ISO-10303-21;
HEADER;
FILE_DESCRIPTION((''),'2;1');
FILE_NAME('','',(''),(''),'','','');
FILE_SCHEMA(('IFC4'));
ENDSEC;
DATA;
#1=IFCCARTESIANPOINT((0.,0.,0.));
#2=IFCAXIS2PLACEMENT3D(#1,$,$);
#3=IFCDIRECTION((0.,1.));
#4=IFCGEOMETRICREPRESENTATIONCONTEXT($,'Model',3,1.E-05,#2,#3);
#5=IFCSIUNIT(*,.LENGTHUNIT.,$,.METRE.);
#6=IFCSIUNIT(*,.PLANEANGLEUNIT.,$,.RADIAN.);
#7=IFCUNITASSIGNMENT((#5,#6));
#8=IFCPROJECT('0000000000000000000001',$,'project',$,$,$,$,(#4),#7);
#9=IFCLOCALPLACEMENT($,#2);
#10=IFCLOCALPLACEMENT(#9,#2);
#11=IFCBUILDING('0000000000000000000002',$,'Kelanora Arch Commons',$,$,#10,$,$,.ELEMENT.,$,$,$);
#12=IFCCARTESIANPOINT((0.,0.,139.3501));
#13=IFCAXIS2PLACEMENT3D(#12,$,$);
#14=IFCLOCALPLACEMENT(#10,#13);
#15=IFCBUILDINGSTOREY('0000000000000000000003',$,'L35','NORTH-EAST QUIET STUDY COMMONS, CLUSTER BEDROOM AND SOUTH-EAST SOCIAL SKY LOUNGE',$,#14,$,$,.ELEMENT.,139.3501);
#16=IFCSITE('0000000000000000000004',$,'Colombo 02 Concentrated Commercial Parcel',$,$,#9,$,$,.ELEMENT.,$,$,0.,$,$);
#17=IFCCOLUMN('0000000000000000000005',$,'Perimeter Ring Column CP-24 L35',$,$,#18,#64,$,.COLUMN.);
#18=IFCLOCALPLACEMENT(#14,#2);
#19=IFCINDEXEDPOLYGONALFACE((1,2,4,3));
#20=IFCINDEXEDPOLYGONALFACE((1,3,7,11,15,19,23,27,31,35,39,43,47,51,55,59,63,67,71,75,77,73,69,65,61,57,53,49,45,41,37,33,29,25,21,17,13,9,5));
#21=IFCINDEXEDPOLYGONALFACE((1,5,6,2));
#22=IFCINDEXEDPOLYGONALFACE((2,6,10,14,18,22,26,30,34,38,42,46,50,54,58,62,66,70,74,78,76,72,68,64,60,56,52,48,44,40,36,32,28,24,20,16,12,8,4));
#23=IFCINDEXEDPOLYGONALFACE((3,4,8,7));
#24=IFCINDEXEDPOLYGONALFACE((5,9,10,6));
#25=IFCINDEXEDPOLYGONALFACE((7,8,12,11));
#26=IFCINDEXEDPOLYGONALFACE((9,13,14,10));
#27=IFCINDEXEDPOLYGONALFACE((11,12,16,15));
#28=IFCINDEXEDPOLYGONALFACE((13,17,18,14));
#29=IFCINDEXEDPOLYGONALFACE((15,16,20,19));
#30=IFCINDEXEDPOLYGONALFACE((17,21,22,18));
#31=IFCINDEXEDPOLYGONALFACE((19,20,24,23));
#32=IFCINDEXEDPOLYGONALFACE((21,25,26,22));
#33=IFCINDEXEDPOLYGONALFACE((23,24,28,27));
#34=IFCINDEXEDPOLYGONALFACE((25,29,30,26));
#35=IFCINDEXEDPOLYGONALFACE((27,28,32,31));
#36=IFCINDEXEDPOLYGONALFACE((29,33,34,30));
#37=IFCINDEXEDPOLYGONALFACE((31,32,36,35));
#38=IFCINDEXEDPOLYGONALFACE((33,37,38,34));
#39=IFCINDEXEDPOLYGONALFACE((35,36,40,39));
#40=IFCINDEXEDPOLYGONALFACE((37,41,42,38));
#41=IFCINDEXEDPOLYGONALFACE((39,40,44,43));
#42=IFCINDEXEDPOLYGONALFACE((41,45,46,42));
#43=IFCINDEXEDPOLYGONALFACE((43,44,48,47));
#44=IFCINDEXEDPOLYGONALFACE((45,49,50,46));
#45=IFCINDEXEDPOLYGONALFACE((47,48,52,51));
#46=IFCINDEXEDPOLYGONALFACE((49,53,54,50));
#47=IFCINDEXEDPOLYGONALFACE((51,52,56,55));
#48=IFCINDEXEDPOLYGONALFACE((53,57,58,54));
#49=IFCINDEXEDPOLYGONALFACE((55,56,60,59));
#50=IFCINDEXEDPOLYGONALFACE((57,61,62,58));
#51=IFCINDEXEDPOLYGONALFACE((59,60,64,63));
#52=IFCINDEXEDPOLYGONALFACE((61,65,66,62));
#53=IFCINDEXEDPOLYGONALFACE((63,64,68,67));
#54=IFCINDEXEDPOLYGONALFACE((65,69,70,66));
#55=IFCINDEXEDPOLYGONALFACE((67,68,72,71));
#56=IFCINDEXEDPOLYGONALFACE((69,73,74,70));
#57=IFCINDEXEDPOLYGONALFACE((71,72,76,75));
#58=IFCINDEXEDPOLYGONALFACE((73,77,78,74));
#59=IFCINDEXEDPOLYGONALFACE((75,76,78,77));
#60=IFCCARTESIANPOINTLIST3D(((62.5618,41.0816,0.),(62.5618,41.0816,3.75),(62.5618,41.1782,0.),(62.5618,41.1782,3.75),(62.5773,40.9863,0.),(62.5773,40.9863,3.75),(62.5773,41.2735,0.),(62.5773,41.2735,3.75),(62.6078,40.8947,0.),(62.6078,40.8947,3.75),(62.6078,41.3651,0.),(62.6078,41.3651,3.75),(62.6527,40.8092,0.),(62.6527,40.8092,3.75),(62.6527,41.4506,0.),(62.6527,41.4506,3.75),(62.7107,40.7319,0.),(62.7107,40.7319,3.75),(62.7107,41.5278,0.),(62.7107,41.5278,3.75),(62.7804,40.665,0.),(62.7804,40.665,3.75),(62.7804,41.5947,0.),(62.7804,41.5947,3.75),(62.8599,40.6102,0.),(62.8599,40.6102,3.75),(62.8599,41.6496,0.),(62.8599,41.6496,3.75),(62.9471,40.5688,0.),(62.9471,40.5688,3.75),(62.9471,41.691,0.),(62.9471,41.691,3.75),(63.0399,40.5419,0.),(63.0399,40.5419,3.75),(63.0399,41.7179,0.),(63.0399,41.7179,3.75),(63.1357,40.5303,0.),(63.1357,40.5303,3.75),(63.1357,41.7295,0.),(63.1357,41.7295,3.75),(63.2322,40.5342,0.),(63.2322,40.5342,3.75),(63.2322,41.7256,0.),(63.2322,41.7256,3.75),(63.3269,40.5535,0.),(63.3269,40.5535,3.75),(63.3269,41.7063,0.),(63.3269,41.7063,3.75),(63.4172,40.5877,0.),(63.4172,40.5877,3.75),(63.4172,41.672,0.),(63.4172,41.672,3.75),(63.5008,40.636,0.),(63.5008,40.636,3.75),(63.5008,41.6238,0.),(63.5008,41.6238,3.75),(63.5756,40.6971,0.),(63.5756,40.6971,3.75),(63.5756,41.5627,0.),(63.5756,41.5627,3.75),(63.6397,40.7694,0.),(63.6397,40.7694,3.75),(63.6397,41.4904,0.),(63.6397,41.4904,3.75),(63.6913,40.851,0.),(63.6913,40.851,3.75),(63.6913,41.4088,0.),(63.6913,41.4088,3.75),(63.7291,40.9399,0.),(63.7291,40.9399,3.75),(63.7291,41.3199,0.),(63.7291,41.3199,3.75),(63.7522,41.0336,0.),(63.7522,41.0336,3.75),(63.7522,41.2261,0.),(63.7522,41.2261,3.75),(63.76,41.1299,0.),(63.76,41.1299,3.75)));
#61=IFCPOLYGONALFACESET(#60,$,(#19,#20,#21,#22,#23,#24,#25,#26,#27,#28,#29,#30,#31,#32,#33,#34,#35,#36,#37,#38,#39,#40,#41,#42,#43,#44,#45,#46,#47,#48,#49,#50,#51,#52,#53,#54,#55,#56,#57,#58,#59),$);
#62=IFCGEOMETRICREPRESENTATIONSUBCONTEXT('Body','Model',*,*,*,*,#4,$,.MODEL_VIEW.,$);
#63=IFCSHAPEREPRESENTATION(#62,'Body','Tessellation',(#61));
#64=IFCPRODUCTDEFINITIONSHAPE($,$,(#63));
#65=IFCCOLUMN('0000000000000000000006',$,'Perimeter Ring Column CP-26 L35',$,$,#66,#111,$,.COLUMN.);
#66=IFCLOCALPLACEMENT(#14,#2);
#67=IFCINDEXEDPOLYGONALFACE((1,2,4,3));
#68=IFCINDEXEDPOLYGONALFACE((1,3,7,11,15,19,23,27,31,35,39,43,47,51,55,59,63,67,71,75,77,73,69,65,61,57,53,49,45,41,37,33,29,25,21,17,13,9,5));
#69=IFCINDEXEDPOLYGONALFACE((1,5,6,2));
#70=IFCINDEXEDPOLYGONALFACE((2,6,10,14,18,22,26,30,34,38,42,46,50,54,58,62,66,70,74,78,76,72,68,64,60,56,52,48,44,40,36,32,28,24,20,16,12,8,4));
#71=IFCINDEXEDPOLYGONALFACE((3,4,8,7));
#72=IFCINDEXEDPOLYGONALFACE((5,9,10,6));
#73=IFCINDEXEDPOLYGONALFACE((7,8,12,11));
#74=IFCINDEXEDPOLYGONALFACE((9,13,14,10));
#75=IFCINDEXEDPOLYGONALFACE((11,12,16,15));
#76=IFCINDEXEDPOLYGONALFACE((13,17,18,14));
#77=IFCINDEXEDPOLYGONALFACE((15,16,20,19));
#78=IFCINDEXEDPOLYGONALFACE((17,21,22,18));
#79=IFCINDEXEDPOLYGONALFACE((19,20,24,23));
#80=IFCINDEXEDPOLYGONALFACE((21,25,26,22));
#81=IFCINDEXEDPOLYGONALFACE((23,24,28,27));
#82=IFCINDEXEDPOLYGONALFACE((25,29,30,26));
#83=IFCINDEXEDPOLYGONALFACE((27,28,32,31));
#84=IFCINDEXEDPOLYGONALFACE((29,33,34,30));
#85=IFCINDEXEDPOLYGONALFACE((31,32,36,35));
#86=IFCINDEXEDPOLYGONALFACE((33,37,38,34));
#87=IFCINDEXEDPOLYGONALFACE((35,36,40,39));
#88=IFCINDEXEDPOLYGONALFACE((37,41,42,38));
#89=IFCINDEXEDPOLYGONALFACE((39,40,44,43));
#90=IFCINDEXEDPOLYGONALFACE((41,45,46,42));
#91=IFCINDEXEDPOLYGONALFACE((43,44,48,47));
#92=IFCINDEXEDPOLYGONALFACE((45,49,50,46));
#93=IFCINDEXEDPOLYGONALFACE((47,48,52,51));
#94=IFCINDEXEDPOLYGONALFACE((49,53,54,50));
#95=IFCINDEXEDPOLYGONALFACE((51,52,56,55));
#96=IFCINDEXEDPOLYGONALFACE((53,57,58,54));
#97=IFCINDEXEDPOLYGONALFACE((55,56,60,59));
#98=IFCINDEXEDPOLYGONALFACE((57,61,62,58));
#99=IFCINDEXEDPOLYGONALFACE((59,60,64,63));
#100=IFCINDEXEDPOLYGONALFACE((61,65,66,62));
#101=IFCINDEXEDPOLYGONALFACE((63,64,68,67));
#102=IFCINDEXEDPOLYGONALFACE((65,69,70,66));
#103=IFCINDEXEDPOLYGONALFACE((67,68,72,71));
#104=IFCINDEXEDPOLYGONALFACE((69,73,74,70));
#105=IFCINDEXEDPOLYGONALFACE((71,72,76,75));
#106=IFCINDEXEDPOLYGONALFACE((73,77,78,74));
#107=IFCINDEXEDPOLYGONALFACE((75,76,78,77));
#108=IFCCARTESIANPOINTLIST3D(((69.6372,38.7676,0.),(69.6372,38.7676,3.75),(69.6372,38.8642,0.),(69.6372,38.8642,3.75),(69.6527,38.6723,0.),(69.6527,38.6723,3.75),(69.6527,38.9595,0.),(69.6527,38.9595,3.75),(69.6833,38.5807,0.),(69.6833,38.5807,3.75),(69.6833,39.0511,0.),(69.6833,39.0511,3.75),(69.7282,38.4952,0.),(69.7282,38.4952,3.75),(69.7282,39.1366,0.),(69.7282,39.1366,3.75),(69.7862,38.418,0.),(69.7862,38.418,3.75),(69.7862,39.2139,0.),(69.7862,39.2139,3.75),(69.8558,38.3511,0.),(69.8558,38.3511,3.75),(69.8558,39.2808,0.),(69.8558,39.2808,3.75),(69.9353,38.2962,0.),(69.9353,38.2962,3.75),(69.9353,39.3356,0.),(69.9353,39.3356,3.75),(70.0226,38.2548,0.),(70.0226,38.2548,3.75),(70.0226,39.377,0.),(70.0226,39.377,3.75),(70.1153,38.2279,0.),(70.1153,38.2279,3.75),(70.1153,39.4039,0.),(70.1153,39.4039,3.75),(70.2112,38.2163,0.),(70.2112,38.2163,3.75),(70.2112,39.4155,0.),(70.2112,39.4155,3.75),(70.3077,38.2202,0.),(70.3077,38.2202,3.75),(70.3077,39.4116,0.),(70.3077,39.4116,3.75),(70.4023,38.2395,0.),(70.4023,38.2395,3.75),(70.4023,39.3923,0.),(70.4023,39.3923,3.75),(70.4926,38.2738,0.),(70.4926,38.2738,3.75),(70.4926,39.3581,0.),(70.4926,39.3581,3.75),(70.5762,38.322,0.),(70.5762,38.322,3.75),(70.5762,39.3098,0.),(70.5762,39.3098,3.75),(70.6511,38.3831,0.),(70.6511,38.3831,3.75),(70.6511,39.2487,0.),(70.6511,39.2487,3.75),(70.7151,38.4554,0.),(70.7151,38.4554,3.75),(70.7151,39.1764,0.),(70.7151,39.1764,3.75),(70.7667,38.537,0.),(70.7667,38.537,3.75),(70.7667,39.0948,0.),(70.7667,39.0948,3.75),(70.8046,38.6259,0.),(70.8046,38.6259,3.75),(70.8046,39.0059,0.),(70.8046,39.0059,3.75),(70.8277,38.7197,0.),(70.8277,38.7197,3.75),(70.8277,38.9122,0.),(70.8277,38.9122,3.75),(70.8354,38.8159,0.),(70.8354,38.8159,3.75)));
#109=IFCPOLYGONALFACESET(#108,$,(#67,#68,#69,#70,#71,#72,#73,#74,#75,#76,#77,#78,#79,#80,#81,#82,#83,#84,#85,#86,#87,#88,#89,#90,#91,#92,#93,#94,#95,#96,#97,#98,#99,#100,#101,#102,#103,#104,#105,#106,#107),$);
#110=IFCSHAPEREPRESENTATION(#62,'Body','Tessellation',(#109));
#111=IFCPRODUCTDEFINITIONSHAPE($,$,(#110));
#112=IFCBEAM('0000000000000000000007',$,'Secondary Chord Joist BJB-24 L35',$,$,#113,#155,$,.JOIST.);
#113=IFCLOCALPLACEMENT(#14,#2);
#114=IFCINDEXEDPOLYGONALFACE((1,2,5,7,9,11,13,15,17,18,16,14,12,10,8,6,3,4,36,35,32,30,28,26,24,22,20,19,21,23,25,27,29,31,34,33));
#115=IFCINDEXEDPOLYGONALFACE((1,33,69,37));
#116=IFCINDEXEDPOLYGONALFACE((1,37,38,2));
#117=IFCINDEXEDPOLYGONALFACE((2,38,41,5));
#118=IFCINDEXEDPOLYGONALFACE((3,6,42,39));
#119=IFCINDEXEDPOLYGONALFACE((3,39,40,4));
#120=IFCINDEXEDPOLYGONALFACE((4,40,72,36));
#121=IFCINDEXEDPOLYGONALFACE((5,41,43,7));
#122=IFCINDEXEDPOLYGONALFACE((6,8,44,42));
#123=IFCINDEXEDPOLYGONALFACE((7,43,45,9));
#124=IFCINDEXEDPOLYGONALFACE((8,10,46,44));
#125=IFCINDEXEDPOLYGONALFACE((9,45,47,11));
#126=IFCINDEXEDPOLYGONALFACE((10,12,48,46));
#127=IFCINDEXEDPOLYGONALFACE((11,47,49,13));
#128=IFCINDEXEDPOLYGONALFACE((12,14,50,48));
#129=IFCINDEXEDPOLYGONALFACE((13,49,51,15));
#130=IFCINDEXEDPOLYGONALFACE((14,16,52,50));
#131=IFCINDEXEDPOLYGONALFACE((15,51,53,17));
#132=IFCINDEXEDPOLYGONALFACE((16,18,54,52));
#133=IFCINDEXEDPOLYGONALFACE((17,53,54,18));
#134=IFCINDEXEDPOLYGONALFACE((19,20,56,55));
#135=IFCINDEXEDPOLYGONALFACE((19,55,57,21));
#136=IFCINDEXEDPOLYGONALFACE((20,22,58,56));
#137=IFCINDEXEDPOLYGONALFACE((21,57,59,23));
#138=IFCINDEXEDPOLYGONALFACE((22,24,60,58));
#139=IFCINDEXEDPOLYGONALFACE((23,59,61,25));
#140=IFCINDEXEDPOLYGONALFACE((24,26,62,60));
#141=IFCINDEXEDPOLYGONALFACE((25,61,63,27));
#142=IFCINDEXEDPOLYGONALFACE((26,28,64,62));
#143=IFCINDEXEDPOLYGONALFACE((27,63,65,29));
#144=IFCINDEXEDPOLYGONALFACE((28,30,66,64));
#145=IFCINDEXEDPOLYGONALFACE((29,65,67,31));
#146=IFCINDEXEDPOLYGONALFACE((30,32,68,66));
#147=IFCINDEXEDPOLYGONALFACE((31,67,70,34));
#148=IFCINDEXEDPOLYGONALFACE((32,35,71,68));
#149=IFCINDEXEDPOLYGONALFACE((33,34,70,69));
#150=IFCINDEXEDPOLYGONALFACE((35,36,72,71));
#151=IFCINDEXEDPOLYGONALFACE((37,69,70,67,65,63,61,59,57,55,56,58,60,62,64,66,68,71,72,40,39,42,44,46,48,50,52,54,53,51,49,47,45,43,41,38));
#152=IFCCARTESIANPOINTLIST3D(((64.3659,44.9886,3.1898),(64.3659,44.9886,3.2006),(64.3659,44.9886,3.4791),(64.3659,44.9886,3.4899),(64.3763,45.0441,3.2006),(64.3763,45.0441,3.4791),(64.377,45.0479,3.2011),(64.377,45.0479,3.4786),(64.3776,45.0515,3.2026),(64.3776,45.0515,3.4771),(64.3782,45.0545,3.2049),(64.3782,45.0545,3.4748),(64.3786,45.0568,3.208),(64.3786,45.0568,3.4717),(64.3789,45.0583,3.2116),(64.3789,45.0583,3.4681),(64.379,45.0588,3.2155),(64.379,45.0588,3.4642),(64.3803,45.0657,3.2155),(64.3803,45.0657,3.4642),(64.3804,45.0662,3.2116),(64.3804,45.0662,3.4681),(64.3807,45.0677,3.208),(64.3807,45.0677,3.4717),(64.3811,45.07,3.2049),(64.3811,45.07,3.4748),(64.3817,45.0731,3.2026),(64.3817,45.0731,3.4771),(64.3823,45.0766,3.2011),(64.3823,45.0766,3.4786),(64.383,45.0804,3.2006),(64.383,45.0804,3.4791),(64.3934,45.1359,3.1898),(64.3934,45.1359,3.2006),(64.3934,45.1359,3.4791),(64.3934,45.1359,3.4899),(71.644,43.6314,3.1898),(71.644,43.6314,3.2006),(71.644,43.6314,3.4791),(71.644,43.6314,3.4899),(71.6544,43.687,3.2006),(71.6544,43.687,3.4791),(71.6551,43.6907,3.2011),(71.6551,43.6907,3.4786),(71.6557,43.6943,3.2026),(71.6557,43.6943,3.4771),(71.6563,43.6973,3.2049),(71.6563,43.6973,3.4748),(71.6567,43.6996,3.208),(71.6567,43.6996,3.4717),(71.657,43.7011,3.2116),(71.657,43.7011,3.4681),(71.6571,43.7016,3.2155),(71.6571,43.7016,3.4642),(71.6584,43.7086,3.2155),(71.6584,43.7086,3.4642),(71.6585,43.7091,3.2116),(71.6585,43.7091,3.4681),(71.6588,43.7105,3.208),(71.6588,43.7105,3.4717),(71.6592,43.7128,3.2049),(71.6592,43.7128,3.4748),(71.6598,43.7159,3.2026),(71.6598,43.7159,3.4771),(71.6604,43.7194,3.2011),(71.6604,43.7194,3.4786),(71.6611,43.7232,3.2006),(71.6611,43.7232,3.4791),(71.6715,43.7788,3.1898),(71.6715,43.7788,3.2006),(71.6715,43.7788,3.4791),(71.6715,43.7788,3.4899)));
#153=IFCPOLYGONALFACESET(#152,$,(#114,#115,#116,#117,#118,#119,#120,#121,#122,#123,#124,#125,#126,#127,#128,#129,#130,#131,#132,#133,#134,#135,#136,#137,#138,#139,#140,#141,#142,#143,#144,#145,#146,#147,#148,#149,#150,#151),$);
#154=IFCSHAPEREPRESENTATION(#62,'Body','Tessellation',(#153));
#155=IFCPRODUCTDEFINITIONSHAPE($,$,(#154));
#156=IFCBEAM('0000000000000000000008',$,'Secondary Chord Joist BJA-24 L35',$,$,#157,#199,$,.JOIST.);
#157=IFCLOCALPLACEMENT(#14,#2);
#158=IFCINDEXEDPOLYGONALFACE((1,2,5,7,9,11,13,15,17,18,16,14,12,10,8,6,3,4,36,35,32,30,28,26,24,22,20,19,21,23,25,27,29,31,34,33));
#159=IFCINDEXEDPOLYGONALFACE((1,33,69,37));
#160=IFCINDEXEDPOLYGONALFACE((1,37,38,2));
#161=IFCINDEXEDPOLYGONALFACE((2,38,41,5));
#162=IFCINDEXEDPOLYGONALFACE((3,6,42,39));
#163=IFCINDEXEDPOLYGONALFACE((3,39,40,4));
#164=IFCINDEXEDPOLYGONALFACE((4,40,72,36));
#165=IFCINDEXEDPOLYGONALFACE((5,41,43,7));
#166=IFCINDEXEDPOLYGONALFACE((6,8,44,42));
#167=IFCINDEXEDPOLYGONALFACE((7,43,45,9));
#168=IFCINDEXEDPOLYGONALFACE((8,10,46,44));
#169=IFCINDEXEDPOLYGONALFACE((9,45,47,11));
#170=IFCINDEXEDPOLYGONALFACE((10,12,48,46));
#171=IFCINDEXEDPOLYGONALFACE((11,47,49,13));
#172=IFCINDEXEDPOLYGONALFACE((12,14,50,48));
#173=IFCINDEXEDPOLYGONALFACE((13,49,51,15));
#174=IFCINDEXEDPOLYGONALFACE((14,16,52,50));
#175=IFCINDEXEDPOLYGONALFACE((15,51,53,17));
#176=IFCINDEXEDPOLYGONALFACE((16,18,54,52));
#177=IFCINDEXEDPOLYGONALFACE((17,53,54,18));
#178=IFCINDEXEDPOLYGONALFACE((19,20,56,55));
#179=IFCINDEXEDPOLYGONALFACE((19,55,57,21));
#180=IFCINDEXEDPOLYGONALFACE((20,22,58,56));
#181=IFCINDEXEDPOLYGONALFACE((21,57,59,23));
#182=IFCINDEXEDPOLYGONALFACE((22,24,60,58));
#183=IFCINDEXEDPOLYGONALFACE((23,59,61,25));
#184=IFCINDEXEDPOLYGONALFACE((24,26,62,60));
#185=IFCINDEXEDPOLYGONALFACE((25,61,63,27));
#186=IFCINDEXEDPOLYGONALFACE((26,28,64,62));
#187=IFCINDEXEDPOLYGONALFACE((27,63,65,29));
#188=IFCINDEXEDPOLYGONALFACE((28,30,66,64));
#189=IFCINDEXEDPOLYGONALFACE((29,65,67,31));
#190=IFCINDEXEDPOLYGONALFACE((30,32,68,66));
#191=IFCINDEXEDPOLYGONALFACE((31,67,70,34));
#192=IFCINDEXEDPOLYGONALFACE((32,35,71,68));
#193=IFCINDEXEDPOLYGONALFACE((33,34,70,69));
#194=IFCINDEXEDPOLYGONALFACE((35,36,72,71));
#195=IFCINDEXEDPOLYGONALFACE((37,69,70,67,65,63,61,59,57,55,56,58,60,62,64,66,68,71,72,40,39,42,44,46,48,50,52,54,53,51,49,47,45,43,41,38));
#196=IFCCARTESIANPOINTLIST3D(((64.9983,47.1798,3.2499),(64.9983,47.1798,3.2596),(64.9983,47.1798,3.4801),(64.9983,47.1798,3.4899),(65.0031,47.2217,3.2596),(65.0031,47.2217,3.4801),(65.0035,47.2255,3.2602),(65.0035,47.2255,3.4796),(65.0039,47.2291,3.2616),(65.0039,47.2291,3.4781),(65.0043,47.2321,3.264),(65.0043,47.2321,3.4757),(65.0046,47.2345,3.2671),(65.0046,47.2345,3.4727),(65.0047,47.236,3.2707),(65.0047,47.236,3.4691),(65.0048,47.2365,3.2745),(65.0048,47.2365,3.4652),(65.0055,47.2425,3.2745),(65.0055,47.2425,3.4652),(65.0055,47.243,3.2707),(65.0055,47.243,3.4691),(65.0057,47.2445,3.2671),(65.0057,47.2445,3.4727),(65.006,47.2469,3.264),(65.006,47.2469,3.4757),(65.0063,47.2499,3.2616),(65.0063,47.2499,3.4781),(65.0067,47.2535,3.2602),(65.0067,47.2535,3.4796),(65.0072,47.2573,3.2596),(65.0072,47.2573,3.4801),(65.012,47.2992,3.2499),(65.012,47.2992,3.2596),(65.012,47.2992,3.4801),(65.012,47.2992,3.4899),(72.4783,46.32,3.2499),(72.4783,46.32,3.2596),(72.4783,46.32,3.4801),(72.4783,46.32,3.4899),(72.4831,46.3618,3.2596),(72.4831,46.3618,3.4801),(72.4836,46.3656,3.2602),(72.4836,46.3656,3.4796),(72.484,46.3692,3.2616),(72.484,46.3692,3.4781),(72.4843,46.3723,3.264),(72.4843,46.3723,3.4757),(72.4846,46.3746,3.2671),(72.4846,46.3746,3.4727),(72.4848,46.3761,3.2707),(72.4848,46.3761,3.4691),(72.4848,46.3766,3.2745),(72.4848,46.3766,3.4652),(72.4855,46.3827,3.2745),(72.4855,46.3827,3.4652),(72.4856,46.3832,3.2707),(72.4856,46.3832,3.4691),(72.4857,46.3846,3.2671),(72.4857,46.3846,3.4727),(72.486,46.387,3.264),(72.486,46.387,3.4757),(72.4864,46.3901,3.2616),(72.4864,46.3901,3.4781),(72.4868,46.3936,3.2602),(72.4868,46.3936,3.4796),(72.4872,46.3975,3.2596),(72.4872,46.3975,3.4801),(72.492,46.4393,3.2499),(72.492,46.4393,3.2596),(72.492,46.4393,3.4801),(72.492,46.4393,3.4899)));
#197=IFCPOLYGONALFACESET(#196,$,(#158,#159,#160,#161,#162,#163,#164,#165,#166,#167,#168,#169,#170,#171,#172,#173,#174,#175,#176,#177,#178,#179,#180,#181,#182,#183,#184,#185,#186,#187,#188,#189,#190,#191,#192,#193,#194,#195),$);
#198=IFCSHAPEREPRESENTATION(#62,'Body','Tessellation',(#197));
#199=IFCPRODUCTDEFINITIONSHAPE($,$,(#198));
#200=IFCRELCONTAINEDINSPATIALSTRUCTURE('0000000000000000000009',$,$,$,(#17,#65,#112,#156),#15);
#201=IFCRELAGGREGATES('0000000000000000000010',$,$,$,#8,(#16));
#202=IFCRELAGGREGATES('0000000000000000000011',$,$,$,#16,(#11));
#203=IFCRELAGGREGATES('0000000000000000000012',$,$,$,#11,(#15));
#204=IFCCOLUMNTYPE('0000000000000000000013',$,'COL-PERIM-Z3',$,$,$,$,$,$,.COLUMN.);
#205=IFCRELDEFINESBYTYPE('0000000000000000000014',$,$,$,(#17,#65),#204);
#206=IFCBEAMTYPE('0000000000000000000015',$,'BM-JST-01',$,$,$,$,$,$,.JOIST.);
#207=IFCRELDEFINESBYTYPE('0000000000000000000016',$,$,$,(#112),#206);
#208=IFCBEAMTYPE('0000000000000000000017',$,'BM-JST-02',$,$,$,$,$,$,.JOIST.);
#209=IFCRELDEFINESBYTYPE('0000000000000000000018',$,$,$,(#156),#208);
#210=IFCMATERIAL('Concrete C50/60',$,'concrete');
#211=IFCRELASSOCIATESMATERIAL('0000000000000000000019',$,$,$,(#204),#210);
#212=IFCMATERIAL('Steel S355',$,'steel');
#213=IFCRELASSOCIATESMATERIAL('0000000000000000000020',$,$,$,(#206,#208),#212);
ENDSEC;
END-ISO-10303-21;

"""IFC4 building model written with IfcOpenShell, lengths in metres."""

from ifc_helpers import new_model, si_unit, direction, frame, origin, origin_2d, place, context, subcontext, project, spatial, circle, i_section, extrude, material, material_profile, profile_set, type_object, element, save


model = new_model("IFC4")

# Units and contexts
model_context = context("Model", 3, precision=1e-05, world=origin(), true_north=direction((0.0, 1.0)))
body_context = subcontext(model_context, "Body", "Model", "MODEL_VIEW")
ifc_project = project(units=[si_unit("LENGTHUNIT", "METRE"), si_unit("PLANEANGLEUNIT", "RADIAN")], contexts=[model_context])

# Site, building, storey
site_placement = place(None, origin())
site = spatial("IfcSite", under=ifc_project, at=site_placement, Name="Colombo 02 Concentrated Commercial Parcel", CompositionType="ELEMENT", RefElevation=0.0)
building_placement = place(site_placement, origin())
building = spatial("IfcBuilding", under=site, at=building_placement, Name="Kelanora Arch Commons", CompositionType="ELEMENT")
storey_placement = place(building_placement, frame((0.0, 0.0, 139.3501)))
storey = spatial("IfcBuildingStorey", under=building, at=storey_placement, Name="L35", Description="NORTH-EAST QUIET STUDY COMMONS, CLUSTER BEDROOM AND SOUTH-EAST SOCIAL SKY LOUNGE", CompositionType="ELEMENT", Elevation=139.3501)

# Columns
ifc_material_1 = material(Name="Concrete C50/60", Category="concrete")
ifc_material_profile_1 = material_profile(ifc_material_1, circle(Radius=0.6001, at=origin_2d()), Name="RCC1200")
ifc_profile_set_1 = profile_set([ifc_material_profile_1], Name="Concrete C50/60")
column_type = type_object("IfcColumnType", Name="COL-PERIM-Z3", PredefinedType="COLUMN", material=ifc_profile_set_1)
for number, where, z_axis, x_axis, name in (
    (1, (63.1599, 41.1299, 0.0), (0.0, 0.0, 1.0), (1.0, 0.0, 0.0), "Perimeter Ring Column CP-24 L35"),
    (2, (70.2354, 38.8159, 0.0), (0.0, 0.0, 1.0), (1.0, 0.0, 0.0), "Perimeter Ring Column CP-26 L35"),
):
    element("IfcColumn", number, at=place(storey_placement, frame(where, z_axis=z_axis, x_axis=x_axis)), inside=storey, type_object=column_type, Name=name, PredefinedType="COLUMN", context=body_context, shape_type="SweptSolid", body=[
        extrude(circle(Radius=0.6001, at=origin_2d()), origin(), (0.0, 0.0, 1.0), 3.75),
    ])

# Beams
ifc_material_2 = material(Name="Steel S355", Category="steel")
ifc_material_profile_2 = material_profile(ifc_material_2, i_section(OverallWidth=0.1499, OverallDepth=0.3, WebThickness=0.0071, FlangeThickness=0.0107, FilletRadius=0.0149, at=origin_2d()), Name="IPE300")
ifc_profile_set_2 = profile_set([ifc_material_profile_2], Name="Steel S355")
beam_type_1 = type_object("IfcBeamType", Name="BM-JST-01", PredefinedType="JOIST", material=ifc_profile_set_2)
beam_1_placement = place(storey_placement, frame((64.3796, 45.0623, 3.3398), z_axis=(0.983054, -0.183315, 0.0), x_axis=(0.183315, 0.983054, 0.0)))
element("IfcBeam", 3, at=beam_1_placement, inside=storey, type_object=beam_type_1, Name="Secondary Chord Joist BJB-24 L35", PredefinedType="JOIST", context=body_context, shape_type="SweptSolid", body=[
    extrude(i_section(OverallWidth=0.1499, OverallDepth=0.3, WebThickness=0.0071, FlangeThickness=0.0107, FilletRadius=0.0149, at=origin_2d()), origin(), (0.0, 0.0, 1.0), 7.4036),
])
ifc_material_profile_3 = material_profile(ifc_material_2, i_section(OverallWidth=0.1201, OverallDepth=0.24, WebThickness=0.0061, FlangeThickness=0.0098, FilletRadius=0.0149, at=origin_2d()), Name="IPE240")
ifc_profile_set_3 = profile_set([ifc_material_profile_3], Name="Steel S355")
beam_type_2 = type_object("IfcBeamType", Name="BM-JST-02", PredefinedType="JOIST", material=ifc_profile_set_3)
beam_2_placement = place(storey_placement, frame((65.0051, 47.2395, 3.3699), z_axis=(0.993457, -0.114203, 0.0), x_axis=(0.114203, 0.993457, 0.0)))
element("IfcBeam", 4, at=beam_2_placement, inside=storey, type_object=beam_type_2, Name="Secondary Chord Joist BJA-24 L35", PredefinedType="JOIST", context=body_context, shape_type="SweptSolid", body=[
    extrude(i_section(OverallWidth=0.1201, OverallDepth=0.24, WebThickness=0.0061, FlangeThickness=0.0098, FilletRadius=0.0149, at=origin_2d()), origin(), (0.0, 0.0, 1.0), 7.5293),
])

save(model, "model.ifc")
